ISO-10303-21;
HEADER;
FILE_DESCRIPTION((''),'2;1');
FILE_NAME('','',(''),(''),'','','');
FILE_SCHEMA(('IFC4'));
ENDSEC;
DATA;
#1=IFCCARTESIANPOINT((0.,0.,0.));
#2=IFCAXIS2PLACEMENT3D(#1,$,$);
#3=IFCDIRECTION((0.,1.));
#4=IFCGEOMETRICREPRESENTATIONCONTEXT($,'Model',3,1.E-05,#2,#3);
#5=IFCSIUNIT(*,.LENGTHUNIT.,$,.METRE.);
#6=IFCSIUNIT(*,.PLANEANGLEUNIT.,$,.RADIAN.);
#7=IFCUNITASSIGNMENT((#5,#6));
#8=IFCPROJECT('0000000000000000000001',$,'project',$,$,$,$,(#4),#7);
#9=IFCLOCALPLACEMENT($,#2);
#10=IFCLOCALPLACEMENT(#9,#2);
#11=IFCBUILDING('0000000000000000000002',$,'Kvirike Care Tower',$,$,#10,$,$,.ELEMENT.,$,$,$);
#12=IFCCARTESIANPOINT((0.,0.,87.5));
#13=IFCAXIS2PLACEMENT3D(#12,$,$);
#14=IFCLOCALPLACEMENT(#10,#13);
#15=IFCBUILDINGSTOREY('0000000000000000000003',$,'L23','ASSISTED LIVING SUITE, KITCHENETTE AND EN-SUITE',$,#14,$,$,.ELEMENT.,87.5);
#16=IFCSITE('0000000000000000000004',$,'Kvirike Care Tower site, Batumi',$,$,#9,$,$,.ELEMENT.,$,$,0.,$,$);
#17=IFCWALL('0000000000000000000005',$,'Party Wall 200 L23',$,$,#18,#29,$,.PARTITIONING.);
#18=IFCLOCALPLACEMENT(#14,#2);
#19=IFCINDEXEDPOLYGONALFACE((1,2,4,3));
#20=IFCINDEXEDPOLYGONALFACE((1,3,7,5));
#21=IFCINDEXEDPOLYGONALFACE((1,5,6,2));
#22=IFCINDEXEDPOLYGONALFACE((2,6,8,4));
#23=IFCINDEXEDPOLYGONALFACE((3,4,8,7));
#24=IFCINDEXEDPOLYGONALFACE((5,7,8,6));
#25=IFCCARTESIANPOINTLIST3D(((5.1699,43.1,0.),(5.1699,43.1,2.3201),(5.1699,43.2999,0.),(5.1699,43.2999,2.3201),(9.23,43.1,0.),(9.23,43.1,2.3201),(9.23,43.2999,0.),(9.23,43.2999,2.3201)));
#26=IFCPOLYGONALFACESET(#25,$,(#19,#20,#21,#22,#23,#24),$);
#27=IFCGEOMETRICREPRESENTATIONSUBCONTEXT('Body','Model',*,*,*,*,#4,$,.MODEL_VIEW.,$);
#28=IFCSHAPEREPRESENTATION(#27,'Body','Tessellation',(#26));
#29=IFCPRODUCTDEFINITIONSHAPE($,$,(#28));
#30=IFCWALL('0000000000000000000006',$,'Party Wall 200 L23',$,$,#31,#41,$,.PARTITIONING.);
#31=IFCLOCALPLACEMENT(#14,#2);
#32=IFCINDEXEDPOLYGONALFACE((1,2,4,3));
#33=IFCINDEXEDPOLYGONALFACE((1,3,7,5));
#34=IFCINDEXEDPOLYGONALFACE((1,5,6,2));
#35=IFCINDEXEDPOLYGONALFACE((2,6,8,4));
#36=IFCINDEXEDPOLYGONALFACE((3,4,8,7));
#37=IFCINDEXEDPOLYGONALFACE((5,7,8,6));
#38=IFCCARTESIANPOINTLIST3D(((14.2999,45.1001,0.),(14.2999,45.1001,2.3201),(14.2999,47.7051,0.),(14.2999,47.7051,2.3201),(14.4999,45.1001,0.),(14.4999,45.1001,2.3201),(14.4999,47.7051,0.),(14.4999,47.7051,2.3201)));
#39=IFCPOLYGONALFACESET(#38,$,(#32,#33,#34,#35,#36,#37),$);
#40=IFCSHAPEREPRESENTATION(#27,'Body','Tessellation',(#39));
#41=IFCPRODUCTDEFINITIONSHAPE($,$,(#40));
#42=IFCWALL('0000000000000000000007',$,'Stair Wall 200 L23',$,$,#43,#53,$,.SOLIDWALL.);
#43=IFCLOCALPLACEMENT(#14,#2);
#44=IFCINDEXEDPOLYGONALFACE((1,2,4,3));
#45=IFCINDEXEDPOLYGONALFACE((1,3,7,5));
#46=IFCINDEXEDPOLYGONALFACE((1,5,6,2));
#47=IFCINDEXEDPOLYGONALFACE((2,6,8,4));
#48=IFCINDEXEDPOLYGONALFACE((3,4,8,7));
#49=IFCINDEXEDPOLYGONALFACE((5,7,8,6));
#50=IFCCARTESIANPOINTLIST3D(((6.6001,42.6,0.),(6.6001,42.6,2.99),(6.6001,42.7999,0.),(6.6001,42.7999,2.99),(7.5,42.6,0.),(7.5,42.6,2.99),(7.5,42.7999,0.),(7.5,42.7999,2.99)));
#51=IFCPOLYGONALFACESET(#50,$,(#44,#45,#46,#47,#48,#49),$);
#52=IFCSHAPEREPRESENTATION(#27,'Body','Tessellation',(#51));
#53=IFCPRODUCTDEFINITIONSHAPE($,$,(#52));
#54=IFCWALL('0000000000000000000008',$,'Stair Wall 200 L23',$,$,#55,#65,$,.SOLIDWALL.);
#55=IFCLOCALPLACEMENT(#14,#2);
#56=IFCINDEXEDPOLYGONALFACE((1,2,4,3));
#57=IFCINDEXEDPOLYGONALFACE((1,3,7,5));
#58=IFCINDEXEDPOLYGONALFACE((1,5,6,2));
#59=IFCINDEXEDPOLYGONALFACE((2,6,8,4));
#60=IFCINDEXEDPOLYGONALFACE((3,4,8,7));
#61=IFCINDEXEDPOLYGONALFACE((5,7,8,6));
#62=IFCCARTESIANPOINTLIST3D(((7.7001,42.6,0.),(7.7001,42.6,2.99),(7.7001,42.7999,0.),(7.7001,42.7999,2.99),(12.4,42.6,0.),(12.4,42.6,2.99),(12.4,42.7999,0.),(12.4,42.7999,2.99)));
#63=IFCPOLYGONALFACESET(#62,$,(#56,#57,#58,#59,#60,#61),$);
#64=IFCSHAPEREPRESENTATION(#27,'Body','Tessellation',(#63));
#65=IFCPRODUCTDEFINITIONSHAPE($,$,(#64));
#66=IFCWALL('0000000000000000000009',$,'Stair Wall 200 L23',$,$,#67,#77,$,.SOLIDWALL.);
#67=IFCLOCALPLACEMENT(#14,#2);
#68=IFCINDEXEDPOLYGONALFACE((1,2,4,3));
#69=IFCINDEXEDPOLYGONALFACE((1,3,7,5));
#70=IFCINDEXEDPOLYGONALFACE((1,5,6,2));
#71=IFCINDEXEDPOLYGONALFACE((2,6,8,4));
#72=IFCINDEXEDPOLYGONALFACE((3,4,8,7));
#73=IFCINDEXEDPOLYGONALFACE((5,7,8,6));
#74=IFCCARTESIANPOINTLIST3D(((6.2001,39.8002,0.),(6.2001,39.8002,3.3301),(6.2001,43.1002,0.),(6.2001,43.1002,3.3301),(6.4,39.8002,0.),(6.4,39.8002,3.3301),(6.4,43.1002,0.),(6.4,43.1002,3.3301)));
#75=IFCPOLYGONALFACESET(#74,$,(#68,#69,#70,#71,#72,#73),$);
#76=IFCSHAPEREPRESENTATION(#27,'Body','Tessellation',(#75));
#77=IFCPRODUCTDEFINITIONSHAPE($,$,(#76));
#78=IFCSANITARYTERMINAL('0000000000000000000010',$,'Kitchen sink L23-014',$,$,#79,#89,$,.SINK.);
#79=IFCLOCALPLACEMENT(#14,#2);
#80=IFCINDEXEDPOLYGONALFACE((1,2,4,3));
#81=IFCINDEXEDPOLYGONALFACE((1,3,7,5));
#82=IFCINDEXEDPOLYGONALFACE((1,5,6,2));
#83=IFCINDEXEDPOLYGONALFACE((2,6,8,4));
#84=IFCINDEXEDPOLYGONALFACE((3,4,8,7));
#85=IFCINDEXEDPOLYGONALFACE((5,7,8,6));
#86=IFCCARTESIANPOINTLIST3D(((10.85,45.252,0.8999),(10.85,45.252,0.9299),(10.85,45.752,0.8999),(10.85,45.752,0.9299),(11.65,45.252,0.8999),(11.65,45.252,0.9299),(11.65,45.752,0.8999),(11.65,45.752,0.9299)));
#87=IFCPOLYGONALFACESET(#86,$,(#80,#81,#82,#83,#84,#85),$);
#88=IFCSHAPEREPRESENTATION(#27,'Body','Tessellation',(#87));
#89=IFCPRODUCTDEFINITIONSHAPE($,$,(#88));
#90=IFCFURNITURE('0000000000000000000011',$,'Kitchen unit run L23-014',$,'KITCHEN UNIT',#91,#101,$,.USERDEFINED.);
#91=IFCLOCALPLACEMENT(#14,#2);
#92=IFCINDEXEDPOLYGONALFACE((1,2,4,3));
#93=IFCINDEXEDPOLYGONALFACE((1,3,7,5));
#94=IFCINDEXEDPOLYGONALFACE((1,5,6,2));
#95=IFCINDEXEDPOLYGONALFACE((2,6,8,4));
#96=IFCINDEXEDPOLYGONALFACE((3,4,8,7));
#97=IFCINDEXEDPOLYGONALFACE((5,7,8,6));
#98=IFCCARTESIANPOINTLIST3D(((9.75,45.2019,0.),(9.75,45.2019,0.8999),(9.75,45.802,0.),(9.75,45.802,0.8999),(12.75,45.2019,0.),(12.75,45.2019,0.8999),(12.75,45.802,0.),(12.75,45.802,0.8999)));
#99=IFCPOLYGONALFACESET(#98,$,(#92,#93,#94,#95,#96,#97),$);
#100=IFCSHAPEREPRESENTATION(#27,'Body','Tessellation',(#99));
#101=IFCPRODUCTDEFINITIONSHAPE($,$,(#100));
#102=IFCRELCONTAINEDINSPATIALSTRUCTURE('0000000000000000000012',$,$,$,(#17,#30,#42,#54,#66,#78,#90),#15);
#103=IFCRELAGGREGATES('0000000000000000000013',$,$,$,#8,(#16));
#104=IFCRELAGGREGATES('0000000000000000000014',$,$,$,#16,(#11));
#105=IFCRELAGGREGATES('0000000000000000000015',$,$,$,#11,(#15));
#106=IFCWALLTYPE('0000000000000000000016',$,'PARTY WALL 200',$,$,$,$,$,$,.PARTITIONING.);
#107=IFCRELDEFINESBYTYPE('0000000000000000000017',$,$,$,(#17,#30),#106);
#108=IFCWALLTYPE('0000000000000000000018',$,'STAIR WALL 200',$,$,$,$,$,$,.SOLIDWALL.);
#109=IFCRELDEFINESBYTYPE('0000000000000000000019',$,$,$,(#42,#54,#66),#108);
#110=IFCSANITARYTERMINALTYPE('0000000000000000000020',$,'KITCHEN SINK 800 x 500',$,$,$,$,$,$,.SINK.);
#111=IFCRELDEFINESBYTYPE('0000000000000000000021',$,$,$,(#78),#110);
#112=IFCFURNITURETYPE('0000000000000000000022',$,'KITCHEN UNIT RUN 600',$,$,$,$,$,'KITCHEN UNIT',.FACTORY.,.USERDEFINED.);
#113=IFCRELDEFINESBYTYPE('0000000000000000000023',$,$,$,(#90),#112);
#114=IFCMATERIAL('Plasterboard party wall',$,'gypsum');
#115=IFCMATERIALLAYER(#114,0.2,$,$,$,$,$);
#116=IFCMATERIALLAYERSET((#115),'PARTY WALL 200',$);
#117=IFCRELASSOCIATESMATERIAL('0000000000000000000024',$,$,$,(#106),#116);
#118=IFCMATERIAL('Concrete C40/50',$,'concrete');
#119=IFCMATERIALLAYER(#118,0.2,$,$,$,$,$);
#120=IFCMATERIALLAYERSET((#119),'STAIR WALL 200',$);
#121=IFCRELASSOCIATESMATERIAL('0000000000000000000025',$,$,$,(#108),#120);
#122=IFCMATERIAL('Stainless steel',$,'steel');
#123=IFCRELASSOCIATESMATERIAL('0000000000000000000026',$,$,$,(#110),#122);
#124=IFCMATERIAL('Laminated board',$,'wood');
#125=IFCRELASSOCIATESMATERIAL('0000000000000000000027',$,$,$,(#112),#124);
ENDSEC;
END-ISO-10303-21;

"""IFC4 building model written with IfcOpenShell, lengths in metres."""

from ifc_helpers import new_model, si_unit, direction, frame, frame_2d, origin, origin_2d, place, context, subcontext, project, spatial, rectangle, extrude, material, layer, layer_set, type_object, element, save


model = new_model("IFC4")

# Units and contexts
model_context = context("Model", 3, precision=1e-05, world=origin(), true_north=direction((0.0, 1.0)))
body_context = subcontext(model_context, "Body", "Model", "MODEL_VIEW")
ifc_project = project(units=[si_unit("LENGTHUNIT", "METRE"), si_unit("PLANEANGLEUNIT", "RADIAN")], contexts=[model_context])

# Site, building, storey
site_placement = place(None, origin())
site = spatial("IfcSite", under=ifc_project, at=site_placement, Name="Kvirike Care Tower site, Batumi", CompositionType="ELEMENT", RefElevation=0.0)
building_placement = place(site_placement, origin())
building = spatial("IfcBuilding", under=site, at=building_placement, Name="Kvirike Care Tower", CompositionType="ELEMENT")
storey_placement = place(building_placement, frame((0.0, 0.0, 87.5)))
storey = spatial("IfcBuildingStorey", under=building, at=storey_placement, Name="L23", Description="ASSISTED LIVING SUITE, KITCHENETTE AND EN-SUITE", CompositionType="ELEMENT", Elevation=87.5)

# Walls
ifc_material_1 = material(Name="Plasterboard party wall", Category="gypsum")
ifc_layer_1 = layer(ifc_material_1, 0.2)
ifc_layer_set_1 = layer_set([ifc_layer_1], Name="PARTY WALL 200")
wall_type_1 = type_object("IfcWallType", Name="PARTY WALL 200", PredefinedType="PARTITIONING", material=ifc_layer_set_1)
wall_1_placement = place(storey_placement, frame((9.23, 43.2, 0.0), z_axis=(0.0, 0.0, 1.0), x_axis=(-1.0, 0.0, 0.0)))
element("IfcWall", 1, at=wall_1_placement, inside=storey, type_object=wall_type_1, Name="Party Wall 200 L23", PredefinedType="PARTITIONING", context=body_context, shape_type="SweptSolid", body=[
    extrude(rectangle(XDim=4.0601, YDim=0.2, at=frame_2d((2.03, 0.0))), origin(), (0.0, 0.0, 1.0), 2.3201),
])
wall_2_placement = place(storey_placement, frame((14.3999, 45.1001, 0.0), z_axis=(0.0, 0.0, 1.0), x_axis=(0.0, 1.0, 0.0)))
element("IfcWall", 2, at=wall_2_placement, inside=storey, type_object=wall_type_1, Name="Party Wall 200 L23", PredefinedType="PARTITIONING", context=body_context, shape_type="SweptSolid", body=[
    extrude(rectangle(XDim=2.605, YDim=0.2, at=frame_2d((1.3025, 0.0))), origin(), (0.0, 0.0, 1.0), 2.3201),
])
ifc_material_2 = material(Name="Concrete C40/50", Category="concrete")
ifc_layer_2 = layer(ifc_material_2, 0.2)
ifc_layer_set_2 = layer_set([ifc_layer_2], Name="STAIR WALL 200")
wall_type_2 = type_object("IfcWallType", Name="STAIR WALL 200", PredefinedType="SOLIDWALL", material=ifc_layer_set_2)
wall_3_placement = place(storey_placement, frame((6.6001, 42.7, 0.0), z_axis=(0.0, 0.0, 1.0), x_axis=(1.0, 0.0, 0.0)))
element("IfcWall", 3, at=wall_3_placement, inside=storey, type_object=wall_type_2, Name="Stair Wall 200 L23", PredefinedType="SOLIDWALL", context=body_context, shape_type="SweptSolid", body=[
    extrude(rectangle(XDim=0.8999, YDim=0.2, at=frame_2d((0.45, 0.0))), origin(), (0.0, 0.0, 1.0), 2.99),
])
wall_4_placement = place(storey_placement, frame((7.7, 42.7, 0.0), z_axis=(0.0, 0.0, 1.0), x_axis=(1.0, 0.0, 0.0)))
element("IfcWall", 4, at=wall_4_placement, inside=storey, type_object=wall_type_2, Name="Stair Wall 200 L23", PredefinedType="SOLIDWALL", context=body_context, shape_type="SweptSolid", body=[
    extrude(rectangle(XDim=4.7, YDim=0.2, at=frame_2d((2.3501, 0.0))), origin(), (0.0, 0.0, 1.0), 2.99),
])
wall_5_placement = place(storey_placement, frame((6.3, 43.1001, 0.0), z_axis=(0.0, 0.0, 1.0), x_axis=(0.0, -1.0, 0.0)))
element("IfcWall", 5, at=wall_5_placement, inside=storey, type_object=wall_type_2, Name="Stair Wall 200 L23", PredefinedType="SOLIDWALL", context=body_context, shape_type="SweptSolid", body=[
    extrude(rectangle(XDim=3.3, YDim=0.2, at=frame_2d((1.6499, 0.0))), origin(), (0.0, 0.0, 1.0), 3.3301),
])

# Sanitary terminal
ifc_material_3 = material(Name="Stainless steel", Category="steel")
sanitary_terminal_type = type_object("IfcSanitaryTerminalType", Name="KITCHEN SINK 800 x 500", PredefinedType="SINK", material=ifc_material_3)
sanitary_terminal_placement = place(storey_placement, frame((11.25, 45.502, 0.8999), z_axis=(0.0, 0.0, 1.0), x_axis=(-1.0, 0.0, 0.0)))
element("IfcSanitaryTerminal", 6, at=sanitary_terminal_placement, inside=storey, type_object=sanitary_terminal_type, Name="Kitchen sink L23-014", PredefinedType="SINK", context=body_context, shape_type="SweptSolid", body=[
    extrude(rectangle(XDim=0.8, YDim=0.5, at=origin_2d()), origin(), (0.0, 0.0, 1.0), 0.03),
])

# Furniture
ifc_material_4 = material(Name="Laminated board", Category="wood")
furniture_type = type_object("IfcFurnitureType", Name="KITCHEN UNIT RUN 600", ElementType="KITCHEN UNIT", AssemblyPlace="FACTORY", PredefinedType="USERDEFINED", material=ifc_material_4)
furniture_placement = place(storey_placement, frame((11.25, 45.502, 0.0), z_axis=(0.0, 0.0, 1.0), x_axis=(-1.0, 0.0, 0.0)))
element("IfcFurniture", 7, at=furniture_placement, inside=storey, type_object=furniture_type, Name="Kitchen unit run L23-014", ObjectType="KITCHEN UNIT", PredefinedType="USERDEFINED", context=body_context, shape_type="SweptSolid", body=[
    extrude(rectangle(XDim=3.0, YDim=0.6001, at=origin_2d()), origin(), (0.0, 0.0, 1.0), 0.8999),
])

save(model, "model.ifc")
